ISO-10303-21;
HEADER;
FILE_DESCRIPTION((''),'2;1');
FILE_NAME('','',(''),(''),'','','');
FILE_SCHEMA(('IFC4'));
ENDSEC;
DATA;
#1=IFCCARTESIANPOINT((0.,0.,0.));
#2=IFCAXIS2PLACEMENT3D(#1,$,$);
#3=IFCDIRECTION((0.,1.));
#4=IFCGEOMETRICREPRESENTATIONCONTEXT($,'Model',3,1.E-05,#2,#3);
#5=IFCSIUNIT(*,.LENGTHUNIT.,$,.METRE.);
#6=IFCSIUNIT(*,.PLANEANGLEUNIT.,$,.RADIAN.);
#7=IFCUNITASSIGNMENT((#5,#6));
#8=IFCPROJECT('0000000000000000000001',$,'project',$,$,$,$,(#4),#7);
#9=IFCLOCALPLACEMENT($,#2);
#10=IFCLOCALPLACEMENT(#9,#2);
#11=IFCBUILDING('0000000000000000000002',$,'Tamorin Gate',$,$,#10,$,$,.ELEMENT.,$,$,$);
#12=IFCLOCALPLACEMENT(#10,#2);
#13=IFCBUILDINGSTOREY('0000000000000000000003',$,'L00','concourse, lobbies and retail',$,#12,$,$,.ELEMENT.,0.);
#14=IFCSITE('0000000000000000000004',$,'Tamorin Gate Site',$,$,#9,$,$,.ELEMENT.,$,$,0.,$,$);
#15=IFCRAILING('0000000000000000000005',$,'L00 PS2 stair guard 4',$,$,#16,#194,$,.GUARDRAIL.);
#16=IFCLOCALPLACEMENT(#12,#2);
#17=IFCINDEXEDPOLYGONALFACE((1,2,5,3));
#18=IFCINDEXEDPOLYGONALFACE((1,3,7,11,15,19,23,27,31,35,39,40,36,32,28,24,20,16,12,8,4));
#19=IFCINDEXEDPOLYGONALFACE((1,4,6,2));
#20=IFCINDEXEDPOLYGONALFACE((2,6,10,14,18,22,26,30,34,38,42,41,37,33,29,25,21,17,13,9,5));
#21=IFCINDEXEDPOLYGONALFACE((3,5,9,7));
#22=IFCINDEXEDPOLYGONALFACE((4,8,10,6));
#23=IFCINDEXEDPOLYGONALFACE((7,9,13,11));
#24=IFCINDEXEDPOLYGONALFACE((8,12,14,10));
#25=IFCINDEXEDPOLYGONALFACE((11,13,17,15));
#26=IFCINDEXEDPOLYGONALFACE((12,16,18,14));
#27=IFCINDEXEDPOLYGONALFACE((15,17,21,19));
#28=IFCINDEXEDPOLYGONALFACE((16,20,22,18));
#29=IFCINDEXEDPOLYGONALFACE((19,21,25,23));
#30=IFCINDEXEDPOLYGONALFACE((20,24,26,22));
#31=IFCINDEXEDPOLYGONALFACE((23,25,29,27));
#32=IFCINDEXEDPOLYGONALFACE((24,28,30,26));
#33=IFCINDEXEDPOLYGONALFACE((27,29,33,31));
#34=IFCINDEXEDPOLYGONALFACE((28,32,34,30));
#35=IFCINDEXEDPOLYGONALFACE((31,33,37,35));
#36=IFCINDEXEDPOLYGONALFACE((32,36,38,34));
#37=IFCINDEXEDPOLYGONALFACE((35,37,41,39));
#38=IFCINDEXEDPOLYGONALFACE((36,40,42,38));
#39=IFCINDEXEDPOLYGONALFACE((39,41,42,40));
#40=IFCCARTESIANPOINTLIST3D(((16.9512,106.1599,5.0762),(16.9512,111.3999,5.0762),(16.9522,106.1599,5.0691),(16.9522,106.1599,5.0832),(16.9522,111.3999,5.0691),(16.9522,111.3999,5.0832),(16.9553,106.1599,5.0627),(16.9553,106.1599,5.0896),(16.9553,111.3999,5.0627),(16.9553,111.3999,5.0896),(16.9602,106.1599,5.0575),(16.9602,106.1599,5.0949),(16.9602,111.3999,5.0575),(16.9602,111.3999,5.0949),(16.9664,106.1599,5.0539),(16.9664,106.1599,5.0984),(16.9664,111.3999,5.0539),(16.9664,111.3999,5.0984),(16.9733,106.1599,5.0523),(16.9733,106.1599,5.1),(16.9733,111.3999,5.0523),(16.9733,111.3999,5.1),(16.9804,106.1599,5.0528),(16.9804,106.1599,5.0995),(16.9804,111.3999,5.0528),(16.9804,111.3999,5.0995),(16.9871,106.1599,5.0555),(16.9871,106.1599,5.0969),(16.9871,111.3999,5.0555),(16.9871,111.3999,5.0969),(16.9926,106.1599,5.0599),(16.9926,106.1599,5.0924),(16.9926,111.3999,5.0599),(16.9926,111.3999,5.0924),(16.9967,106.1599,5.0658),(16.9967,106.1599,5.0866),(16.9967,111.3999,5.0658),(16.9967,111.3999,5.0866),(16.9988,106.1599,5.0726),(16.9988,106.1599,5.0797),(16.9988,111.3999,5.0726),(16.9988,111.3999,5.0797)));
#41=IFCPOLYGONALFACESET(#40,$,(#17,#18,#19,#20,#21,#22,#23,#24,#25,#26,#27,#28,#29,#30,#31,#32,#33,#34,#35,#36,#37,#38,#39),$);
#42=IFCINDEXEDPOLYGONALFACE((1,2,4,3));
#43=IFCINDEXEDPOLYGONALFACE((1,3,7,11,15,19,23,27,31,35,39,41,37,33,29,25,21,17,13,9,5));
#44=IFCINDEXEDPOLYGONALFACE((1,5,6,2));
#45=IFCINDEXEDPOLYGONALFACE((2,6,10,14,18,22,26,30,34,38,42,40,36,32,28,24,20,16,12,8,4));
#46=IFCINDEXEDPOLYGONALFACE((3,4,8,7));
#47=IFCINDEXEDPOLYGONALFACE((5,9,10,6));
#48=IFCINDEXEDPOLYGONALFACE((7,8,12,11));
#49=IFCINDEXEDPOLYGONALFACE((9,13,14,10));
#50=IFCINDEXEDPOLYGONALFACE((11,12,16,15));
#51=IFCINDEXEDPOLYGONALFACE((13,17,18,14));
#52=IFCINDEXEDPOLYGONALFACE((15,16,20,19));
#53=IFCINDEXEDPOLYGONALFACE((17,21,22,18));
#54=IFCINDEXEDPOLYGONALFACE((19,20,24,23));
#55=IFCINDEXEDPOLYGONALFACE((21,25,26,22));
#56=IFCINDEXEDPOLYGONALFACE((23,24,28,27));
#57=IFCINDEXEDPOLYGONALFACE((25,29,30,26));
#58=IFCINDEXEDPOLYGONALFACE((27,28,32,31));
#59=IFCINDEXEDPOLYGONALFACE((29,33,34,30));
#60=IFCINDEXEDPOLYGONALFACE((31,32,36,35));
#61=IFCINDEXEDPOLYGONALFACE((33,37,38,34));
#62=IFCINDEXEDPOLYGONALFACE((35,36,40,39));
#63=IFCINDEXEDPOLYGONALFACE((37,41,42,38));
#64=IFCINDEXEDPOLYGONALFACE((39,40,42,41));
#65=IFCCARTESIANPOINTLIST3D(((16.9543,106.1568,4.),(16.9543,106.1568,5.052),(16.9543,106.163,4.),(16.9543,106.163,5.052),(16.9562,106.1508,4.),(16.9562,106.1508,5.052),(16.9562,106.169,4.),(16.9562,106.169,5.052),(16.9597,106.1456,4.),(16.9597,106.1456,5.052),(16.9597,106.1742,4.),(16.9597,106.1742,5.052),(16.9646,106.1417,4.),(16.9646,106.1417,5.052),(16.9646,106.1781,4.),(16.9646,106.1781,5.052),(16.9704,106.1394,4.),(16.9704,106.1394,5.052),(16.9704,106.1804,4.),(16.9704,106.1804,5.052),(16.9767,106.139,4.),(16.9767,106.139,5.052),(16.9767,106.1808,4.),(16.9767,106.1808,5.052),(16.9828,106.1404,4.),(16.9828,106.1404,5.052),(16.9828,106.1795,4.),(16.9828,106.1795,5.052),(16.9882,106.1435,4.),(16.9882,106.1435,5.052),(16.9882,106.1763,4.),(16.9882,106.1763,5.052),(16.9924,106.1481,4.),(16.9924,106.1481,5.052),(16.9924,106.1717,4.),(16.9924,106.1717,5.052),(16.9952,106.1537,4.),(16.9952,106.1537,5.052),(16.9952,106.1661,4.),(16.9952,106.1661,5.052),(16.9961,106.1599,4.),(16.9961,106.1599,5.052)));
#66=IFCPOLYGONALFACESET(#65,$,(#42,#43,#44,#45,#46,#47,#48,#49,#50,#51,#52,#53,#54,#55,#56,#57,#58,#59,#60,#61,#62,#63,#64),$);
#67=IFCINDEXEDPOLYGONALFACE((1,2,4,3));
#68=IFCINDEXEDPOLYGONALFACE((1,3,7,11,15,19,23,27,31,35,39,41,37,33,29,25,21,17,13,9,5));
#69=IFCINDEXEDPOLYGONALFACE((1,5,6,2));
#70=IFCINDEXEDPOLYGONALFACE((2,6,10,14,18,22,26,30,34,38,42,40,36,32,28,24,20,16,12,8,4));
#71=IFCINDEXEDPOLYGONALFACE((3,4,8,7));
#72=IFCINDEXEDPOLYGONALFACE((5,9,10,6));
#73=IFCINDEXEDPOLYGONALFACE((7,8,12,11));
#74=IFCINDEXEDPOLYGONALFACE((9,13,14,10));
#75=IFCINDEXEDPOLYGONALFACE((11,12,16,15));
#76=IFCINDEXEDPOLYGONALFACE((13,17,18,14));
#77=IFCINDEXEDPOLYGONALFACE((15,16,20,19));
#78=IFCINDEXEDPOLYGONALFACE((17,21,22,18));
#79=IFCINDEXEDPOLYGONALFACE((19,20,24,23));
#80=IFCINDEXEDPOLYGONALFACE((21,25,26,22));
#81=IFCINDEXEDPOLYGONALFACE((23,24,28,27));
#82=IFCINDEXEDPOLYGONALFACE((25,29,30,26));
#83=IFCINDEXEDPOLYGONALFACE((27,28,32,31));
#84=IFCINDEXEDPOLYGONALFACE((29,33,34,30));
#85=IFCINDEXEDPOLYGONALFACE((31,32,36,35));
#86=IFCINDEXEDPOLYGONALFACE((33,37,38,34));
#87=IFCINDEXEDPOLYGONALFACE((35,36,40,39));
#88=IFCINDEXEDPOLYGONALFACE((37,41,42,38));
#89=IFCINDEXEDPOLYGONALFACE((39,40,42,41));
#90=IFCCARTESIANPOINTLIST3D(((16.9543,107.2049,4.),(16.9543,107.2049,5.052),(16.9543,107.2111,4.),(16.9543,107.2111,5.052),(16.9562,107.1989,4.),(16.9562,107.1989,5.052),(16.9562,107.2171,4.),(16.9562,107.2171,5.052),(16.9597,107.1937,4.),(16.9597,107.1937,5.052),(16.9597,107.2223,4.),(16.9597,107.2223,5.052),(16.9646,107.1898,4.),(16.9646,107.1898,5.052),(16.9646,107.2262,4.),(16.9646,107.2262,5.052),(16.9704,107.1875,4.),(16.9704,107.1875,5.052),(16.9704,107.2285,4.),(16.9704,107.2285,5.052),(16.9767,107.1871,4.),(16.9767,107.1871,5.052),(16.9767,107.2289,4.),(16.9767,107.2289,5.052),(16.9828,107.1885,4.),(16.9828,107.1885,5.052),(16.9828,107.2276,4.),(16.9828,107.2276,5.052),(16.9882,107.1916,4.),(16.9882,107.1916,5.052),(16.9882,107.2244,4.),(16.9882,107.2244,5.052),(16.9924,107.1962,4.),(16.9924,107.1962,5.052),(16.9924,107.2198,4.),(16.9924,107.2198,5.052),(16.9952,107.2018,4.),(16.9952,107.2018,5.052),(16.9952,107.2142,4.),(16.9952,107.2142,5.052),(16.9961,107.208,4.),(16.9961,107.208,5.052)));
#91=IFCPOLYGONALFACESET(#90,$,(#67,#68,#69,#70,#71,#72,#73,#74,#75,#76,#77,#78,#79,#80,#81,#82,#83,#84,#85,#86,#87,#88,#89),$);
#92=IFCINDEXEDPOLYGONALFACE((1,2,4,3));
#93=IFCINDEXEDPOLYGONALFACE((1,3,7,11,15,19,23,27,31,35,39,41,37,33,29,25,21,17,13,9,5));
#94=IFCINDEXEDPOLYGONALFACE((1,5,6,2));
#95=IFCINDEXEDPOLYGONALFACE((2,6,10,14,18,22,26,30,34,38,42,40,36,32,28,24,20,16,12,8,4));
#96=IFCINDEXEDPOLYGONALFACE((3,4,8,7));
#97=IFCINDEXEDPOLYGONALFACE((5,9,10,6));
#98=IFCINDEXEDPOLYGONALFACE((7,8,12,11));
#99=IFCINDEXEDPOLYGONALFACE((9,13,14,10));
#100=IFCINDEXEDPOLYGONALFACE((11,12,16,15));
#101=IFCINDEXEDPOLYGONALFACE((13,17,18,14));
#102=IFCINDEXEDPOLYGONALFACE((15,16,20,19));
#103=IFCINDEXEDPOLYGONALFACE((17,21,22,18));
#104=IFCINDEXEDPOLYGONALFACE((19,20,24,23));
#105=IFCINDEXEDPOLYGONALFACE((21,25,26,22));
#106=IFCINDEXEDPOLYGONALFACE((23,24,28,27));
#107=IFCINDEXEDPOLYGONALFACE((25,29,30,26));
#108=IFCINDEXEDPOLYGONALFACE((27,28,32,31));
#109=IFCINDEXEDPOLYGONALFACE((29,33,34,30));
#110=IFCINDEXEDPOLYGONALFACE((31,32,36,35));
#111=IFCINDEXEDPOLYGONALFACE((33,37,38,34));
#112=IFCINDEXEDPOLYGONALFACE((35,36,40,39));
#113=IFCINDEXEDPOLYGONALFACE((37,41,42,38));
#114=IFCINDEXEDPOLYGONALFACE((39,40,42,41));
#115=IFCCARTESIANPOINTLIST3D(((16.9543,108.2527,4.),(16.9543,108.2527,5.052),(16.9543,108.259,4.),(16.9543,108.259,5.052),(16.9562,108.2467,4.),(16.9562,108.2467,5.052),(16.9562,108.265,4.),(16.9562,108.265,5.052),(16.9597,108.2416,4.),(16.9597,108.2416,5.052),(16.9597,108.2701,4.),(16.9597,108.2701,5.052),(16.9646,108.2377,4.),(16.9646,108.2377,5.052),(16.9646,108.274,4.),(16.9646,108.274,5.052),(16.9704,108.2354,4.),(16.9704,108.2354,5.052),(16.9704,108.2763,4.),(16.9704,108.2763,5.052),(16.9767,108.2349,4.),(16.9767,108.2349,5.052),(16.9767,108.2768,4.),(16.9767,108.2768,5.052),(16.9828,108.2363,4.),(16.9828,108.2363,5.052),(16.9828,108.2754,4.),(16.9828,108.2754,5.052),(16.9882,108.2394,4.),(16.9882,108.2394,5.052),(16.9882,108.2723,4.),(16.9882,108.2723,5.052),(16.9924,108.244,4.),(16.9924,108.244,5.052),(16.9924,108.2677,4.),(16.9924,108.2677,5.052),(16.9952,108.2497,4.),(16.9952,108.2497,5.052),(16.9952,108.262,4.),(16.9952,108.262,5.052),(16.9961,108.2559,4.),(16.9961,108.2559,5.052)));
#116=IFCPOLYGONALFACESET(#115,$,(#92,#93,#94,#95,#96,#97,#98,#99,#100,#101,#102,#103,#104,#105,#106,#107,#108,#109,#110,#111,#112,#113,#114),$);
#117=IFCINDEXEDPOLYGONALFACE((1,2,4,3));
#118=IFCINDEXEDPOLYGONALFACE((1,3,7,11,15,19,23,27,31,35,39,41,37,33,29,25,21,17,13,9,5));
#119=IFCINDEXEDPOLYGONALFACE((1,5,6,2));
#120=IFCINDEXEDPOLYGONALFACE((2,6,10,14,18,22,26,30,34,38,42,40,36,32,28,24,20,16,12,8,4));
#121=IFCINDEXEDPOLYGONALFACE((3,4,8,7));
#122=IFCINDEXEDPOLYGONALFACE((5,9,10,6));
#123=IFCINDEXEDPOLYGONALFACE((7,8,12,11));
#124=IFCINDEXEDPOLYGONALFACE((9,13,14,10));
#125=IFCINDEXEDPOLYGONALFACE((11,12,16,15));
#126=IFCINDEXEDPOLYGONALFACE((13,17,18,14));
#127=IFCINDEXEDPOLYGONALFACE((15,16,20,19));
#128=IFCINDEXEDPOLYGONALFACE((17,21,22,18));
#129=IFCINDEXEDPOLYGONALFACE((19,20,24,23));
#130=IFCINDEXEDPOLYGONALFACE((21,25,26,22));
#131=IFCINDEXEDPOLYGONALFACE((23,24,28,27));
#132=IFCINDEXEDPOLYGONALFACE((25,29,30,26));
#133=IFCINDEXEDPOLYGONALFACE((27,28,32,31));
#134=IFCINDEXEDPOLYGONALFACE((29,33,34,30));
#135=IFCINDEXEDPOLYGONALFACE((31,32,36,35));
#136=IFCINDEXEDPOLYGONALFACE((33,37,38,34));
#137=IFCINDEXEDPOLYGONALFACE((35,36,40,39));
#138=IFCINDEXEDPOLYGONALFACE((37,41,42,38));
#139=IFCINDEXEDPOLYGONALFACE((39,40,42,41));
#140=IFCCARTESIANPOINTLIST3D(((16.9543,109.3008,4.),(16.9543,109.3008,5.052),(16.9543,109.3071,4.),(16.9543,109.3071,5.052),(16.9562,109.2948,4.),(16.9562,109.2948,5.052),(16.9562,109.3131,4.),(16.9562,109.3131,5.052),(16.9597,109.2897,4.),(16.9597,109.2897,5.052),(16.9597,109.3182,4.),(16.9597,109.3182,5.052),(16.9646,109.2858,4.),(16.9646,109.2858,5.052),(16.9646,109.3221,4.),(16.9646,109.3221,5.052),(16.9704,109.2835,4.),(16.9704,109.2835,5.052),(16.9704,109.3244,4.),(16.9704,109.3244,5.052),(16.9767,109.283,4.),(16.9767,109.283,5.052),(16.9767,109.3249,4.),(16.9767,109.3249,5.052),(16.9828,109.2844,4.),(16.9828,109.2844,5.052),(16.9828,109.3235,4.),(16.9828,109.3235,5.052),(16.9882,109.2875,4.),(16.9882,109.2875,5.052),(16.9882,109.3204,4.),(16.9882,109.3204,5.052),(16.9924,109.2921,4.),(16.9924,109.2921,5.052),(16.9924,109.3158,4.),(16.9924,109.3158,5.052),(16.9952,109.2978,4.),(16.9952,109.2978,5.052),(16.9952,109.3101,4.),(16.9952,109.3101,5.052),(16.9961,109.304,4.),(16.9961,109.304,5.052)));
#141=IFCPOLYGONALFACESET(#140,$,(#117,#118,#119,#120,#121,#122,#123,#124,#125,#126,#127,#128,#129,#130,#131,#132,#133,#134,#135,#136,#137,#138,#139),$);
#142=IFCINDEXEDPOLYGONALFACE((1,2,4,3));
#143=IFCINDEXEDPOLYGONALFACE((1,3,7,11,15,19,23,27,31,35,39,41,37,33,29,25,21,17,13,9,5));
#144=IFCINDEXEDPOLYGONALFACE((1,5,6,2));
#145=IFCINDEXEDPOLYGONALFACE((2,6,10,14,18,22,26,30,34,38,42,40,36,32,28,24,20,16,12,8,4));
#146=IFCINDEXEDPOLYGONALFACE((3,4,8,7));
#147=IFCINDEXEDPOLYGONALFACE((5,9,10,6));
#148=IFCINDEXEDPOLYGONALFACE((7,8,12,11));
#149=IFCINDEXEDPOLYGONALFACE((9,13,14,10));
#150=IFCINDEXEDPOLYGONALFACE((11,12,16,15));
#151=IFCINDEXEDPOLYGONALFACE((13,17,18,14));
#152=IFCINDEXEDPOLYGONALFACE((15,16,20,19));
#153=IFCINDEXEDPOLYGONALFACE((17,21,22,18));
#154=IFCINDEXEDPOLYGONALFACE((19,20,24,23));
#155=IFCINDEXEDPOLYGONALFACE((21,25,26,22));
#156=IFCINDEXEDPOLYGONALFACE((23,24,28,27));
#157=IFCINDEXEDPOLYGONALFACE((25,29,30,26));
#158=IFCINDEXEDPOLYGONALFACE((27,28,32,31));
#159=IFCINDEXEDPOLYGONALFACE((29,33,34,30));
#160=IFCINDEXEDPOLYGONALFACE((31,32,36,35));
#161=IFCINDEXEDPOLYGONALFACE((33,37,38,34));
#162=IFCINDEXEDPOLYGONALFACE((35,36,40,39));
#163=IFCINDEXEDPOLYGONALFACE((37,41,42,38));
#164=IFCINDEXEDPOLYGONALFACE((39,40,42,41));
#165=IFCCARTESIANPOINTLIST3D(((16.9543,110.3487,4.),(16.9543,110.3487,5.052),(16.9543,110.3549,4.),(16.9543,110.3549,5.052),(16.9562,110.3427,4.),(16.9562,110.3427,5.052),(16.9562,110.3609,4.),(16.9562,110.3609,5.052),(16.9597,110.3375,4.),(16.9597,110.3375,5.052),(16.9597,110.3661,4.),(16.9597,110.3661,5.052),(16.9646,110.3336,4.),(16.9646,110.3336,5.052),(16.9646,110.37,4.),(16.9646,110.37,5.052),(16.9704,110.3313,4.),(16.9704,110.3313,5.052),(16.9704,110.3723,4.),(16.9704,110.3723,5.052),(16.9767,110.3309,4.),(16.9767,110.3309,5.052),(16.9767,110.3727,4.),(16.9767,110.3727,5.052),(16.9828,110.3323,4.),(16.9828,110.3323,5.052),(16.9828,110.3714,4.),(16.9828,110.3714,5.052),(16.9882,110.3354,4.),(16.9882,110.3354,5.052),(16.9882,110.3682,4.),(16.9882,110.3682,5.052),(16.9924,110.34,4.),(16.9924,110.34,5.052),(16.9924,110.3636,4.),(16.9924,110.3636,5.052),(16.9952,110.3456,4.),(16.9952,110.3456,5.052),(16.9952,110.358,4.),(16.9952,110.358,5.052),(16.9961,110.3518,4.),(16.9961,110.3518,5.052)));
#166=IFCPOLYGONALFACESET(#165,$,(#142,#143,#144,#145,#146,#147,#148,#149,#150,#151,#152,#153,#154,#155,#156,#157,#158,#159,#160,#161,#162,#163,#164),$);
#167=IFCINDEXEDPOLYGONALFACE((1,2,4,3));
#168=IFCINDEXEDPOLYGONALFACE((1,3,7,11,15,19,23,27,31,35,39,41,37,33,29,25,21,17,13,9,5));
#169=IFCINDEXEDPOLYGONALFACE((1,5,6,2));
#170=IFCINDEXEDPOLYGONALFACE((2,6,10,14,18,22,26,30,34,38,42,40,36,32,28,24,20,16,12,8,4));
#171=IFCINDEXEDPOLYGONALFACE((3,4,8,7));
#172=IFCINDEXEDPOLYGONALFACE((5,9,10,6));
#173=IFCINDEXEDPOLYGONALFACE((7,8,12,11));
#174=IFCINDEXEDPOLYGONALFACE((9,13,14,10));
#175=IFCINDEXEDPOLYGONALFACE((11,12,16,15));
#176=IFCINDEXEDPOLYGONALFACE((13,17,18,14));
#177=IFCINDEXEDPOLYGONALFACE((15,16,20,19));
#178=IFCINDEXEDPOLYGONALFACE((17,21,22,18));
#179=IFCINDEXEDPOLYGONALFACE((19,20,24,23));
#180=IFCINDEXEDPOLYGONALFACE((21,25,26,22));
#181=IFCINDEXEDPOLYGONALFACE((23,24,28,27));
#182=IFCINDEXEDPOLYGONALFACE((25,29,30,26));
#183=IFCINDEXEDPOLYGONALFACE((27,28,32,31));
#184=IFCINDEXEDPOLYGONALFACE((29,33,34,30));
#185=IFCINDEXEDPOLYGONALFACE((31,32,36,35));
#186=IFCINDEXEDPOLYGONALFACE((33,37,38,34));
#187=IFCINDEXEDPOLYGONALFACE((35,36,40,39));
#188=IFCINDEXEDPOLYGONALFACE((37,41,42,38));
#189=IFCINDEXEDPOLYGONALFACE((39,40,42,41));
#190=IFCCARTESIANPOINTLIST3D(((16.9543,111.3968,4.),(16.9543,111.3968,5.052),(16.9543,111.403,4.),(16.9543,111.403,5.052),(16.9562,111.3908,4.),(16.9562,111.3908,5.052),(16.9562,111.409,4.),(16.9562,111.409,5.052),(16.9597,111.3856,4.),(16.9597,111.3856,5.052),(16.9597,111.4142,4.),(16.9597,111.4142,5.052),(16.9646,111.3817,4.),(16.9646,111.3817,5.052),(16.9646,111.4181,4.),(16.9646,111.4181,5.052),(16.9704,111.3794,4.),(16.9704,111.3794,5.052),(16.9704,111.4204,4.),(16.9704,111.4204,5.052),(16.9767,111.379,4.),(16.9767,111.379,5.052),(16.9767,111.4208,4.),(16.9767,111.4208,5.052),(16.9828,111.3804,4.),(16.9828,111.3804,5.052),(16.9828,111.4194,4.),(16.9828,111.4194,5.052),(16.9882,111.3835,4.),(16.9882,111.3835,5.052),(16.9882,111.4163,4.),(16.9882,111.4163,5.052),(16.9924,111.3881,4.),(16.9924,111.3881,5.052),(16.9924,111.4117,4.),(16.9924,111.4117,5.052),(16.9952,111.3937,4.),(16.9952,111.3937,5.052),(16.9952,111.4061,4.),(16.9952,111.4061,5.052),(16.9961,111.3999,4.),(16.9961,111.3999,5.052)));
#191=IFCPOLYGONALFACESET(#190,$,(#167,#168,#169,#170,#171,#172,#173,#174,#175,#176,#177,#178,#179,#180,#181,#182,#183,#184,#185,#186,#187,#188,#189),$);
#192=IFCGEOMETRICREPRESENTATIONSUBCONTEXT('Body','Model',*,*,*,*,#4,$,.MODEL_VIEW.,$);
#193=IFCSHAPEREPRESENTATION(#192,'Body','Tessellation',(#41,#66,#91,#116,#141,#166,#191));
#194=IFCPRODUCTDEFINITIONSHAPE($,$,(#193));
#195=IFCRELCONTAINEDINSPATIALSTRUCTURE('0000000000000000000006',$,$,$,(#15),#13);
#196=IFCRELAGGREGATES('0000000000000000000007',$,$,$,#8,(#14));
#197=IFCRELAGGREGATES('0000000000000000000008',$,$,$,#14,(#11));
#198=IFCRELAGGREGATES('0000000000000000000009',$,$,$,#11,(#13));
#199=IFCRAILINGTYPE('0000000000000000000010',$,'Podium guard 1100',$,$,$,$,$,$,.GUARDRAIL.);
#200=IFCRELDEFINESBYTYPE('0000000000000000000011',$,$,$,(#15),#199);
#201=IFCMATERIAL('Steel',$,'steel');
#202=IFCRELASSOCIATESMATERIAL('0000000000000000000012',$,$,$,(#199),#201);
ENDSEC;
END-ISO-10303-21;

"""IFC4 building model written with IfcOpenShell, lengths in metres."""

from ifc_helpers import new_model, si_unit, direction, frame, origin, origin_2d, place, context, subcontext, project, spatial, circle, extrude, material, type_object, element, save


model = new_model("IFC4")

# Units and contexts
model_context = context("Model", 3, precision=1e-05, world=origin(), true_north=direction((0.0, 1.0)))
body_context = subcontext(model_context, "Body", "Model", "MODEL_VIEW")
ifc_project = project(units=[si_unit("LENGTHUNIT", "METRE"), si_unit("PLANEANGLEUNIT", "RADIAN")], contexts=[model_context])

# Site, building, storey
site_placement = place(None, origin())
site = spatial("IfcSite", under=ifc_project, at=site_placement, Name="Tamorin Gate Site", CompositionType="ELEMENT", RefElevation=0.0)
building_placement = place(site_placement, origin())
building = spatial("IfcBuilding", under=site, at=building_placement, Name="Tamorin Gate", CompositionType="ELEMENT")
storey_placement = place(building_placement, origin())
storey = spatial("IfcBuildingStorey", under=building, at=storey_placement, Name="L00", Description="concourse, lobbies and retail", CompositionType="ELEMENT", Elevation=0.0)

# Railing
ifc_material_1 = material(Name="Steel", Category="steel")
railing_type_1 = type_object("IfcRailingType", Name="Podium guard 1100", PredefinedType="GUARDRAIL", material=ifc_material_1)
for number, where, name in (
    (1, (16.9751, 106.1599, 4.0), "L00 PS2 stair guard 4"),
):
    element("IfcRailing", number, at=place(storey_placement, frame(where)), inside=storey, type_object=railing_type_1, Name=name, PredefinedType="GUARDRAIL", context=body_context, shape_type="SweptSolid", body=[
        extrude(circle(Radius=0.0239, at=origin_2d()), frame((0.0, 0.0, 1.0762), z_axis=(0.0, 1.0, 0.0), x_axis=(-1.0, 0.0, 0.0)), (0.0, 0.0, 1.0), 5.24),
        extrude(circle(Radius=0.021, at=origin_2d()), origin(), (0.0, 0.0, 1.0), 1.052),
        extrude(circle(Radius=0.021, at=origin_2d()), frame((0.0, 1.0481, 0.0)), (0.0, 0.0, 1.0), 1.052),
        extrude(circle(Radius=0.021, at=origin_2d()), frame((0.0, 2.0959, 0.0)), (0.0, 0.0, 1.0), 1.052),
        extrude(circle(Radius=0.021, at=origin_2d()), frame((0.0, 3.144, 0.0)), (0.0, 0.0, 1.0), 1.052),
        extrude(circle(Radius=0.021, at=origin_2d()), frame((0.0, 4.1919, 0.0)), (0.0, 0.0, 1.0), 1.052),
        extrude(circle(Radius=0.021, at=origin_2d()), frame((0.0, 5.24, 0.0)), (0.0, 0.0, 1.0), 1.052),
    ])

save(model, "model.ifc")
